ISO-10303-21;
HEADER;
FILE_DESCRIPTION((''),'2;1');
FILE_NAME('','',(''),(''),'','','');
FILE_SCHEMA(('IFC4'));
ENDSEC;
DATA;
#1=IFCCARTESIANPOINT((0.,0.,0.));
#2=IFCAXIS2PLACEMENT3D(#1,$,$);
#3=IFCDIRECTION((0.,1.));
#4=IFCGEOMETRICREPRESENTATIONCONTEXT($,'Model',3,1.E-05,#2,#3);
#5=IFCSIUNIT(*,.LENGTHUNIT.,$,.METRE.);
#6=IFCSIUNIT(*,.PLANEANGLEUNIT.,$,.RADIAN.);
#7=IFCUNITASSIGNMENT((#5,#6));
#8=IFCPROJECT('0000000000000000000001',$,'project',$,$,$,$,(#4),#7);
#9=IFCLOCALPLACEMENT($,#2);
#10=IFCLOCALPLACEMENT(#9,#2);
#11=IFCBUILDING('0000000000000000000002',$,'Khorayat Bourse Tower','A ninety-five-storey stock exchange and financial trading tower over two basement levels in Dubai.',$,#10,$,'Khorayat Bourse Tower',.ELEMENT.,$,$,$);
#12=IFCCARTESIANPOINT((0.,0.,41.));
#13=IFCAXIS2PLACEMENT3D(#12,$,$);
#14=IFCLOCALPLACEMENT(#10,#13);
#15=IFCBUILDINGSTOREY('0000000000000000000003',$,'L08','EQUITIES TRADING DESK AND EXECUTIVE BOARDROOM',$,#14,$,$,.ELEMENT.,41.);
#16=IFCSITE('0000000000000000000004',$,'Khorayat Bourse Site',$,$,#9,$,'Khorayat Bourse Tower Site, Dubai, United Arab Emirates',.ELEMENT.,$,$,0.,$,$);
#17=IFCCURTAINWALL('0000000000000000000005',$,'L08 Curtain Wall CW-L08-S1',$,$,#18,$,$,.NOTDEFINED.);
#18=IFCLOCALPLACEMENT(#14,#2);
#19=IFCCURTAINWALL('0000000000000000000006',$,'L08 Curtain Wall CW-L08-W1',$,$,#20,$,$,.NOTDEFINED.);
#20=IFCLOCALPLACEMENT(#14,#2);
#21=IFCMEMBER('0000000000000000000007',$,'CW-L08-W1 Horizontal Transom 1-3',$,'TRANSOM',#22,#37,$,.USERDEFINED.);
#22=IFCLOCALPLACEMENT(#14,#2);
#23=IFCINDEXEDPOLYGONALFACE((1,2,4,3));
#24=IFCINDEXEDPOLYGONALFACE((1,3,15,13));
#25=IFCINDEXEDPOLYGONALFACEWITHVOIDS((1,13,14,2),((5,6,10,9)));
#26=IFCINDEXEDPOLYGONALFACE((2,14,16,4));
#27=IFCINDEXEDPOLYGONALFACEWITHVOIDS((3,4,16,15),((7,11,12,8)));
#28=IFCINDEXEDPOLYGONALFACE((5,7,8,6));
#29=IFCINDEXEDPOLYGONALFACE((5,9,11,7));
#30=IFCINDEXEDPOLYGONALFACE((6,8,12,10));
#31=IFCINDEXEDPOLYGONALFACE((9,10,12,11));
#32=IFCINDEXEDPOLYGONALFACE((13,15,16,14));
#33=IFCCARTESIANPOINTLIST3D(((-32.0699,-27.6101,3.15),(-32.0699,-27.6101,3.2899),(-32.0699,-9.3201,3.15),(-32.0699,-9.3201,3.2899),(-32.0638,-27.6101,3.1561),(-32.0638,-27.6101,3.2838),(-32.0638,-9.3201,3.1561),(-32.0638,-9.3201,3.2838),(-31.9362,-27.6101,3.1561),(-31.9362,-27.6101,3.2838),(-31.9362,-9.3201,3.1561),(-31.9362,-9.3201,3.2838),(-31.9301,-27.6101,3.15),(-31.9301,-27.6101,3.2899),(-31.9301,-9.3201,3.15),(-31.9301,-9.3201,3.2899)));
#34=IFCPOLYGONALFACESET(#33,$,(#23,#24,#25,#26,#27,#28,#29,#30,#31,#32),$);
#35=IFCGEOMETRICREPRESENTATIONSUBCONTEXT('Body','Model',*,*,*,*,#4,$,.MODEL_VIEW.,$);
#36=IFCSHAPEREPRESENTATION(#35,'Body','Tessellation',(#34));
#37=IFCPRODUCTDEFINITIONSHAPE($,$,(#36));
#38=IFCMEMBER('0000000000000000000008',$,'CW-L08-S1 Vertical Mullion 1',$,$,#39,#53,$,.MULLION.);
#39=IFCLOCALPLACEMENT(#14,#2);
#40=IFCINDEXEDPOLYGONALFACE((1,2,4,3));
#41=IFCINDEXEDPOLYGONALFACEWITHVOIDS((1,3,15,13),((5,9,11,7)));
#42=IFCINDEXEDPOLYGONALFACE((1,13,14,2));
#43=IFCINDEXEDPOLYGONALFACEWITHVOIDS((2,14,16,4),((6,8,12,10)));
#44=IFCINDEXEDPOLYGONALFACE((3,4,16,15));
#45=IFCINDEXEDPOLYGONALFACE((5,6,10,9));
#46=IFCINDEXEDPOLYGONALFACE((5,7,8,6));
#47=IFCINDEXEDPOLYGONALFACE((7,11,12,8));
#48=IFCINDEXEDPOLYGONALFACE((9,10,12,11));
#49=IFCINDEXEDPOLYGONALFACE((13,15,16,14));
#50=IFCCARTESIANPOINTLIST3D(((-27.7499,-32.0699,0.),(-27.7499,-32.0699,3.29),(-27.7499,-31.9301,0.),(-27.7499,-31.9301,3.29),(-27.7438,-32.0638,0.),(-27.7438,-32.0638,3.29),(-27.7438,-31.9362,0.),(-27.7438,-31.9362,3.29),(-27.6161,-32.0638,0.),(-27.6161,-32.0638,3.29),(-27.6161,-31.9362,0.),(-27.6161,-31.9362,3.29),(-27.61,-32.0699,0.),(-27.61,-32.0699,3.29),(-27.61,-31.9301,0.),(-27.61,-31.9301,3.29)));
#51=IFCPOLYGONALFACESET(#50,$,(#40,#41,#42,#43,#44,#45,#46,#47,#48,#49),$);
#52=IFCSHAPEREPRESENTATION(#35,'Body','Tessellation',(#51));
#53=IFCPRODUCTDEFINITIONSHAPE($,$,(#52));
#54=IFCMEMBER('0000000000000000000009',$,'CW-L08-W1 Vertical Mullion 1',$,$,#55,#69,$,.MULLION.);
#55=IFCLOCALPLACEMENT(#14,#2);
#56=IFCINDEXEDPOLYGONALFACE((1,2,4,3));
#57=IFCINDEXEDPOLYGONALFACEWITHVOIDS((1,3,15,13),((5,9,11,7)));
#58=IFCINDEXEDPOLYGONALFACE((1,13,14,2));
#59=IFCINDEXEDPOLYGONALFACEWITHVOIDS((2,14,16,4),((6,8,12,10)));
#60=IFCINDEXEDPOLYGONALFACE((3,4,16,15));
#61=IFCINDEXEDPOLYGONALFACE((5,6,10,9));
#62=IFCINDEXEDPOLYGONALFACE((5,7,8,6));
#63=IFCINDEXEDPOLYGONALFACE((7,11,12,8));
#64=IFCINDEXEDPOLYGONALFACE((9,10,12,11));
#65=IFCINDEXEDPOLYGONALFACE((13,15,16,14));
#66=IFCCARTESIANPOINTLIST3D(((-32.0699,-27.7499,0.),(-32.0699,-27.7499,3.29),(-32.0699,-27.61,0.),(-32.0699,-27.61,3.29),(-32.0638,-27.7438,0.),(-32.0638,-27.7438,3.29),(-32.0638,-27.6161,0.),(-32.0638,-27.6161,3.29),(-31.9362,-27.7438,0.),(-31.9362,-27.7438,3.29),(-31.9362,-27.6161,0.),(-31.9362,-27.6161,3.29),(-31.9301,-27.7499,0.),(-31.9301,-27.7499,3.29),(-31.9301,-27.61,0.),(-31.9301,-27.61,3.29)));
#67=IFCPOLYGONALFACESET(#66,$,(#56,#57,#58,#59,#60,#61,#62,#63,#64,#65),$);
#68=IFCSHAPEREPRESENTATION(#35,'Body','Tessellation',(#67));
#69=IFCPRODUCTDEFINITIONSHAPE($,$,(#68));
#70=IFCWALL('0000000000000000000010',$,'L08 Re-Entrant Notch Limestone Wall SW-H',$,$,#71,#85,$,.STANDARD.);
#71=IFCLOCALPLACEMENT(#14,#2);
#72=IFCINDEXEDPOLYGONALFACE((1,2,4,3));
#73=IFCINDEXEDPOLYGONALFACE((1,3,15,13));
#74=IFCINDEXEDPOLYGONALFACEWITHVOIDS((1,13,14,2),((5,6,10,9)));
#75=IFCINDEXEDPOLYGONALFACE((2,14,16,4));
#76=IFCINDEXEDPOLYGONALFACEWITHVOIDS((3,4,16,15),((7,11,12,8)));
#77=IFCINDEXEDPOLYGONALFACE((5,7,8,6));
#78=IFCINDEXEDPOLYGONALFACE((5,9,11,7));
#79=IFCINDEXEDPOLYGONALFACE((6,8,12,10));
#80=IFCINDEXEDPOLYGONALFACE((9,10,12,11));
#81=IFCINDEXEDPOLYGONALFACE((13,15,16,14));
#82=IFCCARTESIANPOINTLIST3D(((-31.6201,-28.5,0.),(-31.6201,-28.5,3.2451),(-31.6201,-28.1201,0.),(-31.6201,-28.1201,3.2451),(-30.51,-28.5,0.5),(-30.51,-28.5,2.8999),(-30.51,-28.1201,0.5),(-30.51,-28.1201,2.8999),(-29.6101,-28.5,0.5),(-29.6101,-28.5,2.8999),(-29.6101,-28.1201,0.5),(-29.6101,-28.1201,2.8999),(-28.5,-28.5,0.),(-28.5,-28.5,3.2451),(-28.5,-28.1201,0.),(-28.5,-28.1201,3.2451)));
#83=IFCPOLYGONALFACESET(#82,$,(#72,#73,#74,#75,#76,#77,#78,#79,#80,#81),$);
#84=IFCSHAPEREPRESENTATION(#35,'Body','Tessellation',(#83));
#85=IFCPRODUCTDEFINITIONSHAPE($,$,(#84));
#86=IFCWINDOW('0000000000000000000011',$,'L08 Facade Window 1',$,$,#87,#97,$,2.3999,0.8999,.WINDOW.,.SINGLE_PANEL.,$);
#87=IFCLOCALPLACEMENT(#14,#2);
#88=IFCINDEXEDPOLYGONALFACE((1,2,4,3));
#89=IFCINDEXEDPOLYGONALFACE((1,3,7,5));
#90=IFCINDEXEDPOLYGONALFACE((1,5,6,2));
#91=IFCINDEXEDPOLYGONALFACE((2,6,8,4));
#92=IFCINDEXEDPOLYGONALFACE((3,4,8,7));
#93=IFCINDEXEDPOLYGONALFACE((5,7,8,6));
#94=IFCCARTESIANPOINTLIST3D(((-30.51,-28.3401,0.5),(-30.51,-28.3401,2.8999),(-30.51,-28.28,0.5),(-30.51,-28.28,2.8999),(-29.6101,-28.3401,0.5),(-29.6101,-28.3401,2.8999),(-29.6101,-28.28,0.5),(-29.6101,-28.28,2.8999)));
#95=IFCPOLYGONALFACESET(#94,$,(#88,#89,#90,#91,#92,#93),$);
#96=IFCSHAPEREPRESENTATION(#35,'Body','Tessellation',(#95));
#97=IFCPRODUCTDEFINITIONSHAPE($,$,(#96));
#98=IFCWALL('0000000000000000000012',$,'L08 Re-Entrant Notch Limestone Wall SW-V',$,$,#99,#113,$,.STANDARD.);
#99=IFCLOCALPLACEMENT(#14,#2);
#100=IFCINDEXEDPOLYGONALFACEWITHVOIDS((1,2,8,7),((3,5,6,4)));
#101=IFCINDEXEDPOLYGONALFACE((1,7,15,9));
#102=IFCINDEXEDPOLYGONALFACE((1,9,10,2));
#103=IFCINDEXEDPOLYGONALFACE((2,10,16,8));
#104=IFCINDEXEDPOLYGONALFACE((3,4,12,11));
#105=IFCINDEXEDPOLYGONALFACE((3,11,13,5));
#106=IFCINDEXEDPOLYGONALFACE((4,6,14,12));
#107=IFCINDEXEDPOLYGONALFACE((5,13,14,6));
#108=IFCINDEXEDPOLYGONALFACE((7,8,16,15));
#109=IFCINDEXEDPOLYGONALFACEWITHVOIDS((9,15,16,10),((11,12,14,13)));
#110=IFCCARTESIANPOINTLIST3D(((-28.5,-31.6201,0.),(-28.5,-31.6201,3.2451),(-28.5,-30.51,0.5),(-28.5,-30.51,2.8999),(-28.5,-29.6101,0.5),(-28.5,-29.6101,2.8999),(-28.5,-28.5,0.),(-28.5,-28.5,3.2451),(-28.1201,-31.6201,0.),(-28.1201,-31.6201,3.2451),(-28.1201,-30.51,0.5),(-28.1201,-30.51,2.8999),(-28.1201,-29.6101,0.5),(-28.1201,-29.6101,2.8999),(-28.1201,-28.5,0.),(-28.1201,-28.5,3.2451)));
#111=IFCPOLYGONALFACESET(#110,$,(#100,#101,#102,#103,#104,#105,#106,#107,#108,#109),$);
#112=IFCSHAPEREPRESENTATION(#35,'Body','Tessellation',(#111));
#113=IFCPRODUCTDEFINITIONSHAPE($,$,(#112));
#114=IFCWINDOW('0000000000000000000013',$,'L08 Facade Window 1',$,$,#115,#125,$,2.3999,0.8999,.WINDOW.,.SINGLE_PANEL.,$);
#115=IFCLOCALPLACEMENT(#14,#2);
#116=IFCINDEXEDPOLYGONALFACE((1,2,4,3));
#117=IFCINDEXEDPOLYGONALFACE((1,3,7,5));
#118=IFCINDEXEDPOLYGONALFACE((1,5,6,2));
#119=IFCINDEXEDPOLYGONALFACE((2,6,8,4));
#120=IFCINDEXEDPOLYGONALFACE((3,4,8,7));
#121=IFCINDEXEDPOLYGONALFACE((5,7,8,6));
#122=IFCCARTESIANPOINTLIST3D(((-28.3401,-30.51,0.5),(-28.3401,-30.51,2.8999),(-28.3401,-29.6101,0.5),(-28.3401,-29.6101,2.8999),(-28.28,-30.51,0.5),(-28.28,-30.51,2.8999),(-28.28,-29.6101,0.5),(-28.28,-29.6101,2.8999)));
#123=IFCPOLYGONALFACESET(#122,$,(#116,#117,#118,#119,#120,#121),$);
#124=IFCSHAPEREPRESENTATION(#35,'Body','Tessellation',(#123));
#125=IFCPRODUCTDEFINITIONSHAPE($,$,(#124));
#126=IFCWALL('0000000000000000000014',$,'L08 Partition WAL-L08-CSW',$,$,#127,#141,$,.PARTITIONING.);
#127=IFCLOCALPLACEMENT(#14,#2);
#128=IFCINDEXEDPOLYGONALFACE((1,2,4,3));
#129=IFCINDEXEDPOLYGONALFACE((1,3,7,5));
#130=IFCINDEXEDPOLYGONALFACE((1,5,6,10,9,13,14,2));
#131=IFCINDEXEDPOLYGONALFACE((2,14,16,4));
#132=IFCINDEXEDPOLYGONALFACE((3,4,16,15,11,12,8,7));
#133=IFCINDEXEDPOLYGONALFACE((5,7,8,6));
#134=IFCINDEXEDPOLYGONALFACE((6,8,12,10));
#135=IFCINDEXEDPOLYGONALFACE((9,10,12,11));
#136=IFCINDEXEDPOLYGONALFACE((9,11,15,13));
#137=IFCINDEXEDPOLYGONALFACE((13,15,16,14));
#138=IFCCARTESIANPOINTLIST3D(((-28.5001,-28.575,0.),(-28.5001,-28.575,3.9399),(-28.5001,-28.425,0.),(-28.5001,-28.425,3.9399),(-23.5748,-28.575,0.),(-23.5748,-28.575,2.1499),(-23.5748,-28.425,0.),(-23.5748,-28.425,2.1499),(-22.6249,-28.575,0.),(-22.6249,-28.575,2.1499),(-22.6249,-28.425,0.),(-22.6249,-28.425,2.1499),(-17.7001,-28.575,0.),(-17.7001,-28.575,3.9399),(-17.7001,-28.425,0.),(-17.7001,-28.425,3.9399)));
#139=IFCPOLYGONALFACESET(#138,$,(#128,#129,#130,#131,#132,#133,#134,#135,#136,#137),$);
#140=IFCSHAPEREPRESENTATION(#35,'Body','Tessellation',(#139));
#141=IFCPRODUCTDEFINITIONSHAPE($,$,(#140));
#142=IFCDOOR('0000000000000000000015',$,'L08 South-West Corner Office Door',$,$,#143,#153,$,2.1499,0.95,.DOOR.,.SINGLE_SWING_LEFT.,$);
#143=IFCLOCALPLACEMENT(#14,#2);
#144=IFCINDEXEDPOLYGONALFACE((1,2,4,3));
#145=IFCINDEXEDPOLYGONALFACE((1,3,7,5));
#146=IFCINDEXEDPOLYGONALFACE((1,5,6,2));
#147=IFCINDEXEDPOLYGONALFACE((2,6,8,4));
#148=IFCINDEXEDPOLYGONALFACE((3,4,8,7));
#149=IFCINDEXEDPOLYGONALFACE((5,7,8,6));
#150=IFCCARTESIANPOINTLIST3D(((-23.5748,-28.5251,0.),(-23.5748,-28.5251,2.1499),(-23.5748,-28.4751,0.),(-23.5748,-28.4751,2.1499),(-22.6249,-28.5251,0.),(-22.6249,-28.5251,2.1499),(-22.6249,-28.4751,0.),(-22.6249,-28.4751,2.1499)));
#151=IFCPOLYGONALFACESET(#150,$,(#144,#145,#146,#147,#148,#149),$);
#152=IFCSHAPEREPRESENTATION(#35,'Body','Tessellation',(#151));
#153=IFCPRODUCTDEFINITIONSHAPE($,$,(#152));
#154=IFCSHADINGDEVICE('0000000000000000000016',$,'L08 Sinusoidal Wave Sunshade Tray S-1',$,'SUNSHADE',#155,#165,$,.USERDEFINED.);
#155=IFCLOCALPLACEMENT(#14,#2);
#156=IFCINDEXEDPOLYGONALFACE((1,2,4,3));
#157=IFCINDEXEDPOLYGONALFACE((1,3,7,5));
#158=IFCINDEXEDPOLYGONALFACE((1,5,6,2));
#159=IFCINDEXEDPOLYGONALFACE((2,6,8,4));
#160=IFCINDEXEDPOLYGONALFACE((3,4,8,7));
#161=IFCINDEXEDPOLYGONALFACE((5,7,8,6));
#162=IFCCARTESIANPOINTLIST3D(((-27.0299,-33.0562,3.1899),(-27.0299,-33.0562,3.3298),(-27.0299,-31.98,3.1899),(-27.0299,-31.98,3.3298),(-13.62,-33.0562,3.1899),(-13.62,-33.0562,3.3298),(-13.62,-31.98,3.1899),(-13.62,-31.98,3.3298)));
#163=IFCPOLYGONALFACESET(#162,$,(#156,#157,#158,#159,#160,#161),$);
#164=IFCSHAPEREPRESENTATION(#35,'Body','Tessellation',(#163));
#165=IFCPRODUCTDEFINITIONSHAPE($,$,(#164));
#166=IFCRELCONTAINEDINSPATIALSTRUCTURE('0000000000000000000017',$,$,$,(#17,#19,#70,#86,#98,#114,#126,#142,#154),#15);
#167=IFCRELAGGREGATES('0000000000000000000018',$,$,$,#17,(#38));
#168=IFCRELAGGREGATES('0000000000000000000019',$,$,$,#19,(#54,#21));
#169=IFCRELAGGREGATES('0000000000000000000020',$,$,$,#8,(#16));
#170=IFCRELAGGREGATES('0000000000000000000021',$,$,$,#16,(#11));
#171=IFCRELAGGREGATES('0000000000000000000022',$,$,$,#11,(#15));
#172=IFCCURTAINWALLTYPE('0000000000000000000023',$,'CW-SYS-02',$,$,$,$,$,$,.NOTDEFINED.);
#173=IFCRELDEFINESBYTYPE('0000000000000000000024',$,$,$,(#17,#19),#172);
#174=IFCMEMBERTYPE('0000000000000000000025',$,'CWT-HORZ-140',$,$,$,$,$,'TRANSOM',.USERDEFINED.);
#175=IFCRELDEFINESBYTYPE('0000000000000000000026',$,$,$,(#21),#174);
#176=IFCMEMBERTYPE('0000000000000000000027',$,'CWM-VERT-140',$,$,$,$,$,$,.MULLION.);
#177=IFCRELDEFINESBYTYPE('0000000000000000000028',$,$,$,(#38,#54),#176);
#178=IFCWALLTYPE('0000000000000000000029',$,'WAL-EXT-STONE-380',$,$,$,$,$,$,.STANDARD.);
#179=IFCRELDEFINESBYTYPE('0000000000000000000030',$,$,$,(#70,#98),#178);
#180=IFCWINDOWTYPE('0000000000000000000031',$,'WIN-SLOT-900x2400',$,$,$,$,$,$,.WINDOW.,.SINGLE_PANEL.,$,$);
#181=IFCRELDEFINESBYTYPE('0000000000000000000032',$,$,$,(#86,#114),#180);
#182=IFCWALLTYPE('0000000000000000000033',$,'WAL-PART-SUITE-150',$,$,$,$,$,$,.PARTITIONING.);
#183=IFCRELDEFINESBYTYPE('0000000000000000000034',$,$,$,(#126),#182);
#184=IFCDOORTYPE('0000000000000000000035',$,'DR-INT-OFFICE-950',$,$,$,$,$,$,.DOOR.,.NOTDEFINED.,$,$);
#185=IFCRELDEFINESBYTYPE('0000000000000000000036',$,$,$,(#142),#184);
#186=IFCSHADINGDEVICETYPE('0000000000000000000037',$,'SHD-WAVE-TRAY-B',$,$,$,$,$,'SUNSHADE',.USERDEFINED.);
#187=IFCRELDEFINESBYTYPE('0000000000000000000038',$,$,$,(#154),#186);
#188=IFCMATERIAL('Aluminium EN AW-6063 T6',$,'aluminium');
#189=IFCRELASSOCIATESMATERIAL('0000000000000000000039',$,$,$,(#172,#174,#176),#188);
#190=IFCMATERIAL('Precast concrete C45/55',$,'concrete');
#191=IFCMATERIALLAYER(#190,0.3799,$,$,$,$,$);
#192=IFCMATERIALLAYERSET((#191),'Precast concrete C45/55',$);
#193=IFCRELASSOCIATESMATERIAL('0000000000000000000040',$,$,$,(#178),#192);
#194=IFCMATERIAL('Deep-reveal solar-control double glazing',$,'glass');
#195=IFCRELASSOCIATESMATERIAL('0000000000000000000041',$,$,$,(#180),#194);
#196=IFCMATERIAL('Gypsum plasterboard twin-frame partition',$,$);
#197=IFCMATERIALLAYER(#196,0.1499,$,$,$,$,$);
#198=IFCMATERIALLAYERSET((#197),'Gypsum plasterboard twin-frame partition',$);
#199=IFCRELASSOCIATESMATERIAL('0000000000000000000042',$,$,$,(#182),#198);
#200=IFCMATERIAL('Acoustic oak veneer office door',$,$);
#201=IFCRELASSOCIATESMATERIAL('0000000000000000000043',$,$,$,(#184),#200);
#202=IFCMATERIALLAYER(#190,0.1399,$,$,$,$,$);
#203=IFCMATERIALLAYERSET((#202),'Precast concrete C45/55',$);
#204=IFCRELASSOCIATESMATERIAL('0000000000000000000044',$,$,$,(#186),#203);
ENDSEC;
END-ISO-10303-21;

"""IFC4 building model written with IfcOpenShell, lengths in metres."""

from ifc_helpers import new_model, si_unit, direction, frame, frame_2d, origin, origin_2d, place, context, subcontext, project, spatial, rectangle, hollow_rectangle, extrude, source, transform, mapped, material, layer, layer_set, material_profile, profile_set, type_object, element, fill, aggregate, save


model = new_model("IFC4")

# Units and contexts
model_context = context("Model", 3, precision=1e-05, world=origin(), true_north=direction((0.0, 1.0)))
body_context = subcontext(model_context, "Body", "Model", "MODEL_VIEW")
ifc_project = project(units=[si_unit("LENGTHUNIT", "METRE"), si_unit("PLANEANGLEUNIT", "RADIAN")], contexts=[model_context])

# Site, building, storey
site_placement = place(None, origin())
site = spatial("IfcSite", under=ifc_project, at=site_placement, Name="Khorayat Bourse Site", LongName="Khorayat Bourse Tower Site, Dubai, United Arab Emirates", CompositionType="ELEMENT", RefElevation=0.0)
building_placement = place(site_placement, origin())
building = spatial("IfcBuilding", under=site, at=building_placement, Name="Khorayat Bourse Tower", Description="A ninety-five-storey stock exchange and financial trading tower over two basement levels in Dubai.", LongName="Khorayat Bourse Tower", CompositionType="ELEMENT")
storey_placement = place(building_placement, frame((0.0, 0.0, 41.0)))
storey = spatial("IfcBuildingStorey", under=building, at=storey_placement, Name="L08", Description="EQUITIES TRADING DESK AND EXECUTIVE BOARDROOM", CompositionType="ELEMENT", Elevation=41.0)

# Curtain walls, member
ifc_material_1 = material(Name="Aluminium EN AW-6063 T6", Category="aluminium")
curtain_wall_type = type_object("IfcCurtainWallType", Name="CW-SYS-02", PredefinedType="NOTDEFINED", material=ifc_material_1)
curtain_wall_1_placement = place(storey_placement, origin())
curtain_wall_1 = element("IfcCurtainWall", 1, at=curtain_wall_1_placement, inside=storey, type_object=curtain_wall_type, Name="L08 Curtain Wall CW-L08-S1", PredefinedType="NOTDEFINED")
ifc_material_profile_1 = material_profile(ifc_material_1, hollow_rectangle(XDim=0.1399, YDim=0.1399, WallThickness=0.0061, at=origin_2d()), Name="ALU 140x140x6")
ifc_profile_set_1 = profile_set([ifc_material_profile_1], Name="Aluminium EN AW-6063 T6")
member_type_1 = type_object("IfcMemberType", Name="CWT-HORZ-140", ElementType="TRANSOM", PredefinedType="USERDEFINED", material=ifc_profile_set_1)
shared_shape_1 = source(origin(), body_context, "Body", "SweptSolid", [
    extrude(hollow_rectangle(XDim=0.1399, YDim=0.1399, WallThickness=0.0061, at=origin_2d()), origin(), (0.0, 0.0, 1.0), 18.29),
])
curtain_wall_2_placement = place(storey_placement, origin())
curtain_wall_2 = element("IfcCurtainWall", 2, at=curtain_wall_2_placement, inside=storey, type_object=curtain_wall_type, Name="L08 Curtain Wall CW-L08-W1", PredefinedType="NOTDEFINED")
member_1_placement = place(storey_placement, frame((-32.0, -27.6101, 3.22), z_axis=(0.0, 1.0, 0.0), x_axis=(-1.0, 0.0, 0.0)))
member_1 = element("IfcMember", 3, at=member_1_placement, type_object=member_type_1, Name="CW-L08-W1 Horizontal Transom 1-3", ObjectType="TRANSOM", PredefinedType="USERDEFINED", context=body_context, shape_type="MappedRepresentation", body=[
    mapped(shared_shape_1, transform((0.0, 0.0, 0.0), scale=1.0)),
])

# Members
ifc_material_profile_2 = material_profile(ifc_material_1, hollow_rectangle(XDim=0.1399, YDim=0.1399, WallThickness=0.0061, at=origin_2d()), Name="ALU 140x140x6")
ifc_profile_set_2 = profile_set([ifc_material_profile_2], Name="Aluminium EN AW-6063 T6")
member_type_2 = type_object("IfcMemberType", Name="CWM-VERT-140", PredefinedType="MULLION", material=ifc_profile_set_2)
shared_shape_2 = source(origin(), body_context, "Body", "SweptSolid", [
    extrude(hollow_rectangle(XDim=0.1399, YDim=0.1399, WallThickness=0.0061, at=origin_2d()), origin(), (0.0, 0.0, 1.0), 3.29),
])
member_2_placement = place(storey_placement, frame((-27.6799, -32.0, 0.0), z_axis=(0.0, 0.0, 1.0), x_axis=(0.0, 1.0, 0.0)))
member_2 = element("IfcMember", 4, at=member_2_placement, type_object=member_type_2, Name="CW-L08-S1 Vertical Mullion 1", PredefinedType="MULLION", context=body_context, shape_type="MappedRepresentation", body=[
    mapped(shared_shape_2, transform((0.0, 0.0, 0.0), scale=1.0)),
])
aggregate(curtain_wall_1, [member_2])
member_3_placement = place(storey_placement, frame((-32.0, -27.6799, 0.0), z_axis=(0.0, 0.0, 1.0), x_axis=(-1.0, 0.0, 0.0)))
member_3 = element("IfcMember", 5, at=member_3_placement, type_object=member_type_2, Name="CW-L08-W1 Vertical Mullion 1", PredefinedType="MULLION", context=body_context, shape_type="MappedRepresentation", body=[
    mapped(shared_shape_2, transform((0.0, 0.0, 0.0), scale=1.0)),
])
aggregate(curtain_wall_2, [member_3, member_1])

# Walls, openings, windows
ifc_material_2 = material(Name="Precast concrete C45/55", Category="concrete")
ifc_layer_1 = layer(ifc_material_2, 0.3799)
ifc_layer_set_1 = layer_set([ifc_layer_1], Name="Precast concrete C45/55")
wall_type_1 = type_object("IfcWallType", Name="WAL-EXT-STONE-380", PredefinedType="STANDARD", material=ifc_layer_set_1)
shared_shape_3 = source(origin(), body_context, "Body", "SweptSolid", [
    extrude(rectangle(XDim=3.1201, YDim=0.3799, at=frame_2d((1.5601, 0.0))), origin(), (0.0, 0.0, 1.0), 3.2451),
])
wall_1_placement = place(storey_placement, frame((-28.5, -28.3101, 0.0), z_axis=(0.0, 0.0, 1.0), x_axis=(-1.0, 0.0, 0.0)))
wall_1 = element("IfcWall", 6, at=wall_1_placement, inside=storey, type_object=wall_type_1, Name="L08 Re-Entrant Notch Limestone Wall SW-H", PredefinedType="STANDARD", context=body_context, shape_type="MappedRepresentation", body=[
    mapped(shared_shape_3, transform((0.0, 0.0, 0.0), scale=1.0)),
])
shared_shape_4 = source(origin(), body_context, "Body", "SweptSolid", [
    extrude(rectangle(XDim=0.8999, YDim=2.3999, at=frame_2d((0.45, 1.2))), frame((0.0, 0.2, 0.0), z_axis=(0.0, -1.0, 0.0), x_axis=(1.0, 0.0, 0.0)), (0.0, 0.0, 1.0), 0.3999),
])
opening_1_placement = place(wall_1_placement, frame((1.1101, 0.0, 0.5)))
opening_1 = element("IfcOpeningElement", 7, at=opening_1_placement, cuts=wall_1, PredefinedType="OPENING", context=body_context, shape_type="MappedRepresentation", body=[
    mapped(shared_shape_4, transform((0.0, 0.0, 0.0), scale=1.0)),
])
ifc_material_3 = material(Name="Deep-reveal solar-control double glazing", Category="glass")
window_type = type_object("IfcWindowType", Name="WIN-SLOT-900x2400", PartitioningType="SINGLE_PANEL", PredefinedType="WINDOW", material=ifc_material_3)
shared_shape_5 = source(origin(), body_context, "Body", "SweptSolid", [
    extrude(rectangle(XDim=0.8999, YDim=2.3999, at=frame_2d((0.45, 1.2))), frame((0.0, 0.03, 0.0), z_axis=(0.0, -1.0, 0.0), x_axis=(1.0, 0.0, 0.0)), (0.0, 0.0, 1.0), 0.0601),
])
window_1_placement = place(opening_1_placement, origin())
window_1 = element("IfcWindow", 8, at=window_1_placement, inside=storey, type_object=window_type, Name="L08 Facade Window 1", OverallHeight=2.3999, OverallWidth=0.8999, PartitioningType="SINGLE_PANEL", PredefinedType="WINDOW", context=body_context, shape_type="MappedRepresentation", body=[
    mapped(shared_shape_5, transform((0.0, 0.0, 0.0), scale=1.0)),
])
fill(opening_1, window_1)
wall_2_placement = place(storey_placement, frame((-28.3101, -31.6201, 0.0), z_axis=(0.0, 0.0, 1.0), x_axis=(0.0, 1.0, 0.0)))
wall_2 = element("IfcWall", 9, at=wall_2_placement, inside=storey, type_object=wall_type_1, Name="L08 Re-Entrant Notch Limestone Wall SW-V", PredefinedType="STANDARD", context=body_context, shape_type="MappedRepresentation", body=[
    mapped(shared_shape_3, transform((0.0, 0.0, 0.0), scale=1.0)),
])
opening_2_placement = place(wall_2_placement, frame((1.1101, 0.0, 0.5)))
opening_2 = element("IfcOpeningElement", 10, at=opening_2_placement, cuts=wall_2, PredefinedType="OPENING", context=body_context, shape_type="MappedRepresentation", body=[
    mapped(shared_shape_4, transform((0.0, 0.0, 0.0), scale=1.0)),
])
window_2_placement = place(opening_2_placement, origin())
window_2 = element("IfcWindow", 11, at=window_2_placement, inside=storey, type_object=window_type, Name="L08 Facade Window 1", OverallHeight=2.3999, OverallWidth=0.8999, PartitioningType="SINGLE_PANEL", PredefinedType="WINDOW", context=body_context, shape_type="MappedRepresentation", body=[
    mapped(shared_shape_5, transform((0.0, 0.0, 0.0), scale=1.0)),
])
fill(opening_2, window_2)

# Wall, opening, door
ifc_material_4 = material(Name="Gypsum plasterboard twin-frame partition")
ifc_layer_2 = layer(ifc_material_4, 0.1499)
ifc_layer_set_2 = layer_set([ifc_layer_2], Name="Gypsum plasterboard twin-frame partition")
wall_type_2 = type_object("IfcWallType", Name="WAL-PART-SUITE-150", PredefinedType="PARTITIONING", material=ifc_layer_set_2)
shared_shape_6 = source(origin(), body_context, "Body", "SweptSolid", [
    extrude(rectangle(XDim=10.8, YDim=0.1499, at=frame_2d((5.3999, 0.0))), origin(), (0.0, 0.0, 1.0), 3.9399),
])
wall_3_placement = place(storey_placement, frame((-28.5, -28.5, 0.0), z_axis=(0.0, 0.0, 1.0), x_axis=(1.0, 0.0, 0.0)))
wall_3 = element("IfcWall", 12, at=wall_3_placement, inside=storey, type_object=wall_type_2, Name="L08 Partition WAL-L08-CSW", PredefinedType="PARTITIONING", context=body_context, shape_type="MappedRepresentation", body=[
    mapped(shared_shape_6, transform((0.0, 0.0, 0.0), scale=1.0)),
])
shared_shape_7 = source(origin(), body_context, "Body", "SweptSolid", [
    extrude(rectangle(XDim=0.95, YDim=2.1499, at=frame_2d((0.4751, 1.075))), frame((0.0, 0.085, 0.0), z_axis=(0.0, -1.0, 0.0), x_axis=(1.0, 0.0, 0.0)), (0.0, 0.0, 1.0), 0.1699),
])
opening_3_placement = place(wall_3_placement, frame((4.925, 0.0, 0.0)))
opening_3 = element("IfcOpeningElement", 13, at=opening_3_placement, cuts=wall_3, PredefinedType="OPENING", context=body_context, shape_type="MappedRepresentation", body=[
    mapped(shared_shape_7, transform((0.0, 0.0, 0.0), scale=1.0)),
])
ifc_material_5 = material(Name="Acoustic oak veneer office door")
door_type = type_object("IfcDoorType", Name="DR-INT-OFFICE-950", OperationType="NOTDEFINED", PredefinedType="DOOR", material=ifc_material_5)
shared_shape_8 = source(origin(), body_context, "Body", "SweptSolid", [
    extrude(rectangle(XDim=0.95, YDim=2.1499, at=frame_2d((0.4751, 1.075))), frame((0.0, 0.0249, 0.0), z_axis=(0.0, -1.0, 0.0), x_axis=(1.0, 0.0, 0.0)), (0.0, 0.0, 1.0), 0.05),
])
door_placement = place(opening_3_placement, origin())
door = element("IfcDoor", 14, at=door_placement, inside=storey, type_object=door_type, Name="L08 South-West Corner Office Door", OperationType="SINGLE_SWING_LEFT", OverallHeight=2.1499, OverallWidth=0.95, PredefinedType="DOOR", context=body_context, shape_type="MappedRepresentation", body=[
    mapped(shared_shape_8, transform((0.0, 0.0, 0.0), scale=1.0)),
])
fill(opening_3, door)

# Shading device
ifc_layer_3 = layer(ifc_material_2, 0.1399)
ifc_layer_set_3 = layer_set([ifc_layer_3], Name="Precast concrete C45/55")
shading_device_type = type_object("IfcShadingDeviceType", Name="SHD-WAVE-TRAY-B", ElementType="SUNSHADE", PredefinedType="USERDEFINED", material=ifc_layer_set_3)
shared_shape_9 = source(origin(), body_context, "Body", "SweptSolid", [
    extrude(rectangle(XDim=13.4099, YDim=1.0762, at=origin_2d()), origin(), (0.0, 0.0, 1.0), 0.1399),
])
shading_device_placement = place(storey_placement, frame((-20.325, -32.5181, 3.1899), z_axis=(0.0, 0.0, 1.0), x_axis=(1.0, 0.0, 0.0)))
element("IfcShadingDevice", 15, at=shading_device_placement, inside=storey, type_object=shading_device_type, Name="L08 Sinusoidal Wave Sunshade Tray S-1", ObjectType="SUNSHADE", PredefinedType="USERDEFINED", context=body_context, shape_type="MappedRepresentation", body=[
    mapped(shared_shape_9, transform((0.0, 0.0, 0.0), scale=1.0)),
])

save(model, "model.ifc")
